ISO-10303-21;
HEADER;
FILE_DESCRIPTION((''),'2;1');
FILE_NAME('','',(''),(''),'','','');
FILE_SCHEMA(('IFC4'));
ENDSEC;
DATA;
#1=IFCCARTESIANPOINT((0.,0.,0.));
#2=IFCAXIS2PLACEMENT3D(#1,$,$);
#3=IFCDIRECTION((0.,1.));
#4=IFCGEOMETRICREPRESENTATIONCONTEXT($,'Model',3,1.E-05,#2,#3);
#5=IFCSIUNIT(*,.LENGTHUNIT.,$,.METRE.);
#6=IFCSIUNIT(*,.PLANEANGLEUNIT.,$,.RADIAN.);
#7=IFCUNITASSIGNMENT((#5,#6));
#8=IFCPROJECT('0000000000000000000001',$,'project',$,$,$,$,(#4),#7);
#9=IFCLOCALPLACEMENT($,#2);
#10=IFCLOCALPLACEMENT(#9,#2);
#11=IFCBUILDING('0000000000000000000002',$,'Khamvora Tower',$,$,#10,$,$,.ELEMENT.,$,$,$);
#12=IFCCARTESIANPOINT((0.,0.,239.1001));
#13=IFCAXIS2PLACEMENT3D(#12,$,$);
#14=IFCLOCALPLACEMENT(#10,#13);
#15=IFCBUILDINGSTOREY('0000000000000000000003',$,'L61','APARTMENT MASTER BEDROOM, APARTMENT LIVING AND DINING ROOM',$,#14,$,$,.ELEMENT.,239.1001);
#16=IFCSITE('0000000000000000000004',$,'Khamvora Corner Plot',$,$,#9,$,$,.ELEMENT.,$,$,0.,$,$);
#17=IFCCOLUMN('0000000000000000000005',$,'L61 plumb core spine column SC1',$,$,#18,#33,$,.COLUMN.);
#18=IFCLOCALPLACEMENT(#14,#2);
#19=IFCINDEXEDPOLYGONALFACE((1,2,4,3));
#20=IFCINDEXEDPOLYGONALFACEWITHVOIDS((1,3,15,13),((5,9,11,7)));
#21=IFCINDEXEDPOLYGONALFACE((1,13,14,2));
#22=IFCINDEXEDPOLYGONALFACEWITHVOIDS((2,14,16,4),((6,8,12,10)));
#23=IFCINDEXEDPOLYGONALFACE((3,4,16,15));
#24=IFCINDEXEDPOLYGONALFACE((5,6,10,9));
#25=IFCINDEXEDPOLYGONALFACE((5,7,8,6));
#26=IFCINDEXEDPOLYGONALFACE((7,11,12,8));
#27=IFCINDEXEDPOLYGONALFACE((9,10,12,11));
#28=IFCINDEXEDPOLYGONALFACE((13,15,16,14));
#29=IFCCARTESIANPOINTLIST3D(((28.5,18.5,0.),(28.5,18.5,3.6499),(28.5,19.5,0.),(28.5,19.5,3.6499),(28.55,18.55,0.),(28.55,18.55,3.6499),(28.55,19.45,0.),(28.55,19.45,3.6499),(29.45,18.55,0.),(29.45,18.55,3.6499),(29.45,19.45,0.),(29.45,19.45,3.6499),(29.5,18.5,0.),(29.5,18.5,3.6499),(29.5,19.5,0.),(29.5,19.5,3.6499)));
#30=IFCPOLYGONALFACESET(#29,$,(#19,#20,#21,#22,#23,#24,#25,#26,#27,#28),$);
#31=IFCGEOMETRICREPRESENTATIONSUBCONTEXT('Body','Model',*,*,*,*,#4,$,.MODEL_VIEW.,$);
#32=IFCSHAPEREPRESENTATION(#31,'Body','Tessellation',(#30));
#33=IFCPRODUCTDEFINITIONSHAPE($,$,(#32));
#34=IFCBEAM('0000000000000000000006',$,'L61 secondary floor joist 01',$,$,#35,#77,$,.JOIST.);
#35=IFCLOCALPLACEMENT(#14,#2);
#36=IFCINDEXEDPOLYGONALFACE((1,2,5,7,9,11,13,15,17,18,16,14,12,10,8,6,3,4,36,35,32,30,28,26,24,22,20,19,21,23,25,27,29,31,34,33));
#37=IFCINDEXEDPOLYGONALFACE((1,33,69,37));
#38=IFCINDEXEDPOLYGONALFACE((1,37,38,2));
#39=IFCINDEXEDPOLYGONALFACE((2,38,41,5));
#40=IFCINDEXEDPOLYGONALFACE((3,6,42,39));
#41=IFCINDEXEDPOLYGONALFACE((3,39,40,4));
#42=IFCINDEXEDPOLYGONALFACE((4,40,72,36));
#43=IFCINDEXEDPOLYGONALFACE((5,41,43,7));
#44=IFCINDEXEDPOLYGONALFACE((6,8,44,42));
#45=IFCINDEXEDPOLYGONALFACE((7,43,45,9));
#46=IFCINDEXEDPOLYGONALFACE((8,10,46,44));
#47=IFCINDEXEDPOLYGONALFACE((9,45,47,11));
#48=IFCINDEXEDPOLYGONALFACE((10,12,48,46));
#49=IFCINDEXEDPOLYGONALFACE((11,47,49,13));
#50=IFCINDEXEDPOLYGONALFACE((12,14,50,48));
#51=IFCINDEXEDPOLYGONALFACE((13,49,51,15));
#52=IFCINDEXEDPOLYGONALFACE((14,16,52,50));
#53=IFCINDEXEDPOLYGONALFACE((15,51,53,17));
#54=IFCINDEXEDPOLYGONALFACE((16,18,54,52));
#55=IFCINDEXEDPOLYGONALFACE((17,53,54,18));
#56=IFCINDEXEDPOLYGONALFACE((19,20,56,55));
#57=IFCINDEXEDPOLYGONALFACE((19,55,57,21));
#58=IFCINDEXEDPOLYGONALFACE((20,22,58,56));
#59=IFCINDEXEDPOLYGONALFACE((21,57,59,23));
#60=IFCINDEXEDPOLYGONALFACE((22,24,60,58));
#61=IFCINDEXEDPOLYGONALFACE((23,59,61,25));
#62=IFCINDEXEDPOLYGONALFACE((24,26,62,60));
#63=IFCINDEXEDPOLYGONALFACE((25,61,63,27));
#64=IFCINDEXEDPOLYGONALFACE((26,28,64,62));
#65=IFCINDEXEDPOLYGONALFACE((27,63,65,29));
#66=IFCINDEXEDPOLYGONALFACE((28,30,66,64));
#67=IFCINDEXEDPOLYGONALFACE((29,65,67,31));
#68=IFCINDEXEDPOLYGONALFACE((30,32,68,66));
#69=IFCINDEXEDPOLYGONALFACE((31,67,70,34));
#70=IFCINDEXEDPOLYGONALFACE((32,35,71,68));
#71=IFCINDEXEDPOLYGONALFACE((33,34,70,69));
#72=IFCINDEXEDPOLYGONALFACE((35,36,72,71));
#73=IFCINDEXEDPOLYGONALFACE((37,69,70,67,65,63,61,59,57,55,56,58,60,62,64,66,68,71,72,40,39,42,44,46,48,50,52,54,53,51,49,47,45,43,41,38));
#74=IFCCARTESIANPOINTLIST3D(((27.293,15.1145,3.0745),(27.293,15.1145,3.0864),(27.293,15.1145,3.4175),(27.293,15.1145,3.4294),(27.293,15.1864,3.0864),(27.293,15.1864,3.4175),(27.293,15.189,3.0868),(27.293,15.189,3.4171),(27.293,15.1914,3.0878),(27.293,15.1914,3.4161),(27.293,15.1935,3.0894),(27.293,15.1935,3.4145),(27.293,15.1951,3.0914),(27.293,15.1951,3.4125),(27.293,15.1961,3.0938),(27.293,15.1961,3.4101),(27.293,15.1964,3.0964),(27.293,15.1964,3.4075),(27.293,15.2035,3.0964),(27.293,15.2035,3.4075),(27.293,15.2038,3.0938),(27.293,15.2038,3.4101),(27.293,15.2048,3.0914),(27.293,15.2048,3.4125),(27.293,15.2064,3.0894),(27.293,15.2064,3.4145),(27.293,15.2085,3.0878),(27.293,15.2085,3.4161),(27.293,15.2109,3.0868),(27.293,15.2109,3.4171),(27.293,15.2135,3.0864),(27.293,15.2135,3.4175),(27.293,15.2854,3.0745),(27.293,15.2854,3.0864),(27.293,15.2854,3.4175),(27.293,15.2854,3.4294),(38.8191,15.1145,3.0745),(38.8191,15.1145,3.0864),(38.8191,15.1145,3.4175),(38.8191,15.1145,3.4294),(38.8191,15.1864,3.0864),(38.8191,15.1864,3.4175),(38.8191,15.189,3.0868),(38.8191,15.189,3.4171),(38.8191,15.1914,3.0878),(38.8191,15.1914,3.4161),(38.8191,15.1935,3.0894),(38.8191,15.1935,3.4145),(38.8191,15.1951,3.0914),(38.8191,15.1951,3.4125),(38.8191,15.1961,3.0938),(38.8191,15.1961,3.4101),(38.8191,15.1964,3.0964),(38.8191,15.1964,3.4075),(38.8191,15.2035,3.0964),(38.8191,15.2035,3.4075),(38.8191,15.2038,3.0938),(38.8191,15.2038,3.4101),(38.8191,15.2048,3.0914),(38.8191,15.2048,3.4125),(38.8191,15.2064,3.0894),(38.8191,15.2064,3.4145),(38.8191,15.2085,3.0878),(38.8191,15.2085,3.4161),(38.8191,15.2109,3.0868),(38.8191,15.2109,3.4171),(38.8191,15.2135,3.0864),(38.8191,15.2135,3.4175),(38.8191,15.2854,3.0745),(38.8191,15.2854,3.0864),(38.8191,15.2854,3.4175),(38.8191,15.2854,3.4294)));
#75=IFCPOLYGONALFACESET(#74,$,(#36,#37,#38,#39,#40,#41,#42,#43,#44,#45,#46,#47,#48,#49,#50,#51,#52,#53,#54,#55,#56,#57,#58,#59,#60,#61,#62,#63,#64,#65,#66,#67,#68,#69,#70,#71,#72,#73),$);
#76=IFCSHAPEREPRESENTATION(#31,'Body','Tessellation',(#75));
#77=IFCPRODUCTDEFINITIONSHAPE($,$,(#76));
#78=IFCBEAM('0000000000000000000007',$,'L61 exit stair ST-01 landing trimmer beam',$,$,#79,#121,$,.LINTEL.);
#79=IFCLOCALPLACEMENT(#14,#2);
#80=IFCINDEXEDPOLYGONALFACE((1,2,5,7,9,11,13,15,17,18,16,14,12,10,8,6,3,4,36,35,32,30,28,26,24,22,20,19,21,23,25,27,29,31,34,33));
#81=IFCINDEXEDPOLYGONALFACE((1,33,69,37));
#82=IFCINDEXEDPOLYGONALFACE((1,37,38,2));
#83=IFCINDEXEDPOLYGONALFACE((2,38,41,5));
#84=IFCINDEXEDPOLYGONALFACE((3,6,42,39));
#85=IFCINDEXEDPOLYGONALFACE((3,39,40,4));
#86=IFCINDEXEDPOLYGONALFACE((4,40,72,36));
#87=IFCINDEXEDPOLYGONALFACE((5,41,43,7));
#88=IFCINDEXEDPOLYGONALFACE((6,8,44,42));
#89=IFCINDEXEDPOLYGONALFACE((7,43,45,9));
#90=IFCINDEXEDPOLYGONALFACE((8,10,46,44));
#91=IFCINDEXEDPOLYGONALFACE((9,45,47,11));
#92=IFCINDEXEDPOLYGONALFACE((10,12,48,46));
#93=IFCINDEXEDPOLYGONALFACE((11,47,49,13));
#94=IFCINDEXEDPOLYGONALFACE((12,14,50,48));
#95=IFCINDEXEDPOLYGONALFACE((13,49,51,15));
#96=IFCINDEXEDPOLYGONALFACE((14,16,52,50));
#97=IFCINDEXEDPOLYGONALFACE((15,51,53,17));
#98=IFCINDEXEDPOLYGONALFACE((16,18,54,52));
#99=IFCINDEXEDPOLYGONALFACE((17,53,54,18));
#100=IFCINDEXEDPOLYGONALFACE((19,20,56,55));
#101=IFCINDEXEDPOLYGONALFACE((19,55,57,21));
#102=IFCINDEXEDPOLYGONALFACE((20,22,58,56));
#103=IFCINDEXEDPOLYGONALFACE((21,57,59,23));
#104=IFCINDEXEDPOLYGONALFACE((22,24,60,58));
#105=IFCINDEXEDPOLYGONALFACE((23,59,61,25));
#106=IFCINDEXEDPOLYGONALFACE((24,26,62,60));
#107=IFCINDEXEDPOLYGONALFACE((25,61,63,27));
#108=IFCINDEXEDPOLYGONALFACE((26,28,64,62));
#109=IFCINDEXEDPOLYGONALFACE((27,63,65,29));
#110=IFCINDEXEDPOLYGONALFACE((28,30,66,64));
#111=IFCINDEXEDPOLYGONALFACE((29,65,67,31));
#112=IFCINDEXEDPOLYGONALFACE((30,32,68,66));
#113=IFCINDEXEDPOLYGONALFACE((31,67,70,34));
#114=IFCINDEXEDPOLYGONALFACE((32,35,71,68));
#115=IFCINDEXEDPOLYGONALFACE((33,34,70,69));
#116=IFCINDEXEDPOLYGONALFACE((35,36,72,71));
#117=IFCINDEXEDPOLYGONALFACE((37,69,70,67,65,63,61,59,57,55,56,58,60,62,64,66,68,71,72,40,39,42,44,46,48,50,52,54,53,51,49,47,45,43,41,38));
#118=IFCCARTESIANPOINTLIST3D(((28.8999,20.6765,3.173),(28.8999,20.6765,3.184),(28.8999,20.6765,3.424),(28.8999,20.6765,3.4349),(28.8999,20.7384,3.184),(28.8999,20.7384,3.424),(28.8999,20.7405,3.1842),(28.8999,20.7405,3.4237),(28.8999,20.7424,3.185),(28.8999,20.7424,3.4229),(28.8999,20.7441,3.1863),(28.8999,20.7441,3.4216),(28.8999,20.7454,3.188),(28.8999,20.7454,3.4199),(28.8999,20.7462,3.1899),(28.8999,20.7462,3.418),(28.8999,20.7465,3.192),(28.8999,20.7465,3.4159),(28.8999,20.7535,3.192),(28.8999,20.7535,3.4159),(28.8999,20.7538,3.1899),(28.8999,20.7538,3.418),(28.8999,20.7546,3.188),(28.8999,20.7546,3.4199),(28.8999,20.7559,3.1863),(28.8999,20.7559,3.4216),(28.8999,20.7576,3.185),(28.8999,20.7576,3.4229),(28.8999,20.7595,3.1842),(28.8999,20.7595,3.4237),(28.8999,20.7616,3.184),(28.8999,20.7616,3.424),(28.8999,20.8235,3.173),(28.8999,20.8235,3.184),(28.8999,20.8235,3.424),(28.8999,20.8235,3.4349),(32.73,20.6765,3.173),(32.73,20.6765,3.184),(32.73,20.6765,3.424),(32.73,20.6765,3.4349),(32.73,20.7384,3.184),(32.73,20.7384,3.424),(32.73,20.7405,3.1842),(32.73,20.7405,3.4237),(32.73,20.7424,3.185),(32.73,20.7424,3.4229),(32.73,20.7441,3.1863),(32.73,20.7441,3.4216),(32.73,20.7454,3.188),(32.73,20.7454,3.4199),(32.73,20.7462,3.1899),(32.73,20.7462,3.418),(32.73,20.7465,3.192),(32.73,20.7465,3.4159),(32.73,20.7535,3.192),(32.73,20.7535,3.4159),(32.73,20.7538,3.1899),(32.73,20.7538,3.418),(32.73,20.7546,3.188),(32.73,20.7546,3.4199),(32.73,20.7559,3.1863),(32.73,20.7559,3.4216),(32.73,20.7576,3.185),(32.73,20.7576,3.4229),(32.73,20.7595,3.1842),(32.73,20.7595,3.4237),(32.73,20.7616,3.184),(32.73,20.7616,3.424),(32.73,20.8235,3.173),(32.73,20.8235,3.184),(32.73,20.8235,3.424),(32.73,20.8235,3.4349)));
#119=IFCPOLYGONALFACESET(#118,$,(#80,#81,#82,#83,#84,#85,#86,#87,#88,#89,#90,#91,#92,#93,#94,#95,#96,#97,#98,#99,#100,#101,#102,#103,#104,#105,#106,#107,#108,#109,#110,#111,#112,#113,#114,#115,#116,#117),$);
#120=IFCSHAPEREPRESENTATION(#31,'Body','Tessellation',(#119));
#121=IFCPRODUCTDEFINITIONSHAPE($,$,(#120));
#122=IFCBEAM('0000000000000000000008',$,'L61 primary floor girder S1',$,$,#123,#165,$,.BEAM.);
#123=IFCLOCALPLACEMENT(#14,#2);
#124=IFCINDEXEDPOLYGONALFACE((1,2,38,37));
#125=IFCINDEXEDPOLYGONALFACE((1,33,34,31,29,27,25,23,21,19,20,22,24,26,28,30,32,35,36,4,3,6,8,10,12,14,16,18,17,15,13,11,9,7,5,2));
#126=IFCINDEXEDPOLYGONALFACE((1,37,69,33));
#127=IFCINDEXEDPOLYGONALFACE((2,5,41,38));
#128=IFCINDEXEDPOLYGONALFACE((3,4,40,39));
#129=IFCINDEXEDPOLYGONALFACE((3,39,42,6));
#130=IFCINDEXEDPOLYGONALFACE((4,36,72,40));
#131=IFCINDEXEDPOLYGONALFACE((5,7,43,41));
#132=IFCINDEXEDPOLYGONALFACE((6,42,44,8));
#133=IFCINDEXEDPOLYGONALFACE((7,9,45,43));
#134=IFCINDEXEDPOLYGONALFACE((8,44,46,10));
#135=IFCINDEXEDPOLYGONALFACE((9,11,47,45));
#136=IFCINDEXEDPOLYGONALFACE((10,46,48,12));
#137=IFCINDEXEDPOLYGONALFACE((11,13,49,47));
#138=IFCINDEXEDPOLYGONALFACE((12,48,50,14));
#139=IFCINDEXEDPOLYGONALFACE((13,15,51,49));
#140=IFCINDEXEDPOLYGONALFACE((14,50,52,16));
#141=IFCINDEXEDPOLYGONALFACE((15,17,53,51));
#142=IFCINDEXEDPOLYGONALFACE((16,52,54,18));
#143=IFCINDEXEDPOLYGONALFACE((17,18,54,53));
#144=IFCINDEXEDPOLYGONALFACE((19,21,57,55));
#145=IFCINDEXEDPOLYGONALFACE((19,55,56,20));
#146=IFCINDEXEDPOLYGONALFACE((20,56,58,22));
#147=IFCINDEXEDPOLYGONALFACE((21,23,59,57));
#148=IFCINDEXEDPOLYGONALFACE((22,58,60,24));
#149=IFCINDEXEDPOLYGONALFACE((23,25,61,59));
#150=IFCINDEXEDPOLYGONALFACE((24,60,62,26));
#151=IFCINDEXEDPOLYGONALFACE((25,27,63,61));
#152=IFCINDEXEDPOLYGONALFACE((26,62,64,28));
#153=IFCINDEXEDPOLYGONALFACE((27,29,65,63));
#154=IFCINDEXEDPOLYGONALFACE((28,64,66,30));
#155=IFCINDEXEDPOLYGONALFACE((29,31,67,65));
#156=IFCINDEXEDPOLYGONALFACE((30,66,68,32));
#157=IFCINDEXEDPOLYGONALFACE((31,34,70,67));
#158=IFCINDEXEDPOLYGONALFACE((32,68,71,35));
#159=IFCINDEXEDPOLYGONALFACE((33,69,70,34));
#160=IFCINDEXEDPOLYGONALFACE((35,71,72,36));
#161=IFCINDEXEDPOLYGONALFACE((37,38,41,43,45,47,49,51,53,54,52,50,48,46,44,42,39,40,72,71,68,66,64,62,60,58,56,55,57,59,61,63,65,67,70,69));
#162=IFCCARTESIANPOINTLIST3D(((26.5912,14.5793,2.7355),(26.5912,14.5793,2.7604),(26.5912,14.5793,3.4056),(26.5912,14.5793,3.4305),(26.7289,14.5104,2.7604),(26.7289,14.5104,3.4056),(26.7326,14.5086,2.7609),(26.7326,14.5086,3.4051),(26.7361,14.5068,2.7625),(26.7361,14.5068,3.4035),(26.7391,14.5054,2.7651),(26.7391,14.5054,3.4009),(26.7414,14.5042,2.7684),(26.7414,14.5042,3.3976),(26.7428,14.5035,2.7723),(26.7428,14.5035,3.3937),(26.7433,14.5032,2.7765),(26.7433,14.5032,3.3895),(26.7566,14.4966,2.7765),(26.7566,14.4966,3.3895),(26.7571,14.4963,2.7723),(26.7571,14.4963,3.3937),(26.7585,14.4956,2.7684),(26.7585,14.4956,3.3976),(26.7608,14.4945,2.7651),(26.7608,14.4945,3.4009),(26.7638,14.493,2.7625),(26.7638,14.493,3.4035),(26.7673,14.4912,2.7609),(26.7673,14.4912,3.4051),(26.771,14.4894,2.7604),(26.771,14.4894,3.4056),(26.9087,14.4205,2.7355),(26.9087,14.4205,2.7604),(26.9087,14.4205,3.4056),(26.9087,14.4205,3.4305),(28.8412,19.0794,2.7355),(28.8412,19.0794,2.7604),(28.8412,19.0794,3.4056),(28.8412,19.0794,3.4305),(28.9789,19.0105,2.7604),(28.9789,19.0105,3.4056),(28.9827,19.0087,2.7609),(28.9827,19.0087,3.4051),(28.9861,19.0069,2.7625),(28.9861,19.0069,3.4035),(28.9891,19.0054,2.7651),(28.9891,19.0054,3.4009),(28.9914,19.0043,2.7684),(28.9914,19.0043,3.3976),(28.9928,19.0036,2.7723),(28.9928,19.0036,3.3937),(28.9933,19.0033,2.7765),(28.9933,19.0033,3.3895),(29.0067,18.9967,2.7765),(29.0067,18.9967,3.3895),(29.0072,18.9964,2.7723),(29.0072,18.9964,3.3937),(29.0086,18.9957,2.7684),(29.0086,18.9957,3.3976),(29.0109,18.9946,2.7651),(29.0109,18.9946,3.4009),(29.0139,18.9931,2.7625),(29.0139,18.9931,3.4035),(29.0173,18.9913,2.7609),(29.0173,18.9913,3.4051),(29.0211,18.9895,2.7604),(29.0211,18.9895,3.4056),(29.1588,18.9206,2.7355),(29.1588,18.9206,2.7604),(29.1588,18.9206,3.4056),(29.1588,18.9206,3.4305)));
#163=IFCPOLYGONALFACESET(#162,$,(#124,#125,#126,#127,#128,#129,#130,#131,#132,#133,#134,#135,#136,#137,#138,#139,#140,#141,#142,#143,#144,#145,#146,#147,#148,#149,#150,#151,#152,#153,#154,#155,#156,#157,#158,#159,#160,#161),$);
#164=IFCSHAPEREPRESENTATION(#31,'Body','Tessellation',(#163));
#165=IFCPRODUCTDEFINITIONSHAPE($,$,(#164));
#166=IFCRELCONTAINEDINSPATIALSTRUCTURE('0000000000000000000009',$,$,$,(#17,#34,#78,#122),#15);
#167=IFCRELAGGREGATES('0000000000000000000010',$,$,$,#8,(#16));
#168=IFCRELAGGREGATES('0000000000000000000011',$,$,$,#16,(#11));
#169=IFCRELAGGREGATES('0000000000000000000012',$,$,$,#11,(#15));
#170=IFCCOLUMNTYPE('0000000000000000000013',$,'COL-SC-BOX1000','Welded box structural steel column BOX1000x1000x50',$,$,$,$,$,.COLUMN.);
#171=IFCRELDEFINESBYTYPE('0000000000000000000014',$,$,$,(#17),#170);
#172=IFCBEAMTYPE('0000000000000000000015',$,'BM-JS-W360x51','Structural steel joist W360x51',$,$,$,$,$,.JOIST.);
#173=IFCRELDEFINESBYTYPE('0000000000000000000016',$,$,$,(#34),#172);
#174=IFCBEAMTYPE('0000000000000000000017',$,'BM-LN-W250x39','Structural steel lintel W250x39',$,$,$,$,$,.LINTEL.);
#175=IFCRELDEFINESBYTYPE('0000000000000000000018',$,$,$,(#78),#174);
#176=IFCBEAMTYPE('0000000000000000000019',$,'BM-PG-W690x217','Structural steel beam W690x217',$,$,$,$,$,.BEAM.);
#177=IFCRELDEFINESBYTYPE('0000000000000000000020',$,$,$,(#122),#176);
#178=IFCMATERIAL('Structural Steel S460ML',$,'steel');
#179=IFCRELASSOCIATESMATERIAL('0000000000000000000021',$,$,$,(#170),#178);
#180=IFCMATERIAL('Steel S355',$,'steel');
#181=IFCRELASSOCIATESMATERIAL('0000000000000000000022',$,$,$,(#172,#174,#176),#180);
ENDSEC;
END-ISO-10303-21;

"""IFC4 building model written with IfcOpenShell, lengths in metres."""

from ifc_helpers import new_model, si_unit, direction, frame, origin, origin_2d, place, context, subcontext, project, spatial, hollow_rectangle, i_section, extrude, material, material_profile, profile_set, type_object, element, save


model = new_model("IFC4")

# Units and contexts
model_context = context("Model", 3, precision=1e-05, world=origin(), true_north=direction((0.0, 1.0)))
body_context = subcontext(model_context, "Body", "Model", "MODEL_VIEW")
ifc_project = project(units=[si_unit("LENGTHUNIT", "METRE"), si_unit("PLANEANGLEUNIT", "RADIAN")], contexts=[model_context])

# Site, building, storey
site_placement = place(None, origin())
site = spatial("IfcSite", under=ifc_project, at=site_placement, Name="Khamvora Corner Plot", CompositionType="ELEMENT", RefElevation=0.0)
building_placement = place(site_placement, origin())
building = spatial("IfcBuilding", under=site, at=building_placement, Name="Khamvora Tower", CompositionType="ELEMENT")
storey_placement = place(building_placement, frame((0.0, 0.0, 239.1001)))
storey = spatial("IfcBuildingStorey", under=building, at=storey_placement, Name="L61", Description="APARTMENT MASTER BEDROOM, APARTMENT LIVING AND DINING ROOM", CompositionType="ELEMENT", Elevation=239.1001)

# Column
ifc_material_1 = material(Name="Structural Steel S460ML", Category="steel")
ifc_material_profile_1 = material_profile(ifc_material_1, hollow_rectangle(XDim=1.0, YDim=1.0, WallThickness=0.05, at=origin_2d()), Name="BOX1000x1000x50")
ifc_profile_set_1 = profile_set([ifc_material_profile_1], Name="Structural Steel S460ML")
column_type = type_object("IfcColumnType", Name="COL-SC-BOX1000", Description="Welded box structural steel column BOX1000x1000x50", PredefinedType="COLUMN", material=ifc_profile_set_1)
column_placement = place(storey_placement, frame((29.0, 19.0, 0.0), z_axis=(0.0, 0.0, 1.0), x_axis=(1.0, 0.0, 0.0)))
element("IfcColumn", 1, at=column_placement, inside=storey, type_object=column_type, Name="L61 plumb core spine column SC1", PredefinedType="COLUMN", context=body_context, shape_type="SweptSolid", body=[
    extrude(hollow_rectangle(XDim=1.0, YDim=1.0, WallThickness=0.05, at=origin_2d()), origin(), (0.0, 0.0, 1.0), 3.6499),
])

# Beams
ifc_material_2 = material(Name="Steel S355", Category="steel")
ifc_material_profile_2 = material_profile(ifc_material_2, i_section(OverallWidth=0.1709, OverallDepth=0.355, WebThickness=0.0071, FlangeThickness=0.012, FilletRadius=0.01, at=origin_2d()), Name="W360x51")
ifc_profile_set_2 = profile_set([ifc_material_profile_2], Name="Steel S355")
beam_type_1 = type_object("IfcBeamType", Name="BM-JS-W360x51", Description="Structural steel joist W360x51", PredefinedType="JOIST", material=ifc_profile_set_2)
beam_1_placement = place(storey_placement, frame((27.293, 15.2, 3.252), z_axis=(1.0, 0.0, 0.0), x_axis=(0.0, 1.0, 0.0)))
element("IfcBeam", 2, at=beam_1_placement, inside=storey, type_object=beam_type_1, Name="L61 secondary floor joist 01", PredefinedType="JOIST", context=body_context, shape_type="SweptSolid", body=[
    extrude(i_section(OverallWidth=0.1709, OverallDepth=0.355, WebThickness=0.0071, FlangeThickness=0.012, FilletRadius=0.01, at=origin_2d()), origin(), (0.0, 0.0, 1.0), 11.5261),
])
ifc_material_profile_3 = material_profile(ifc_material_2, i_section(OverallWidth=0.147, OverallDepth=0.262, WebThickness=0.0071, FlangeThickness=0.011, FilletRadius=0.0081, at=origin_2d()), Name="W250x39")
ifc_profile_set_3 = profile_set([ifc_material_profile_3], Name="Steel S355")
beam_type_2 = type_object("IfcBeamType", Name="BM-LN-W250x39", Description="Structural steel lintel W250x39", PredefinedType="LINTEL", material=ifc_profile_set_3)
beam_2_placement = place(storey_placement, frame((28.8999, 20.75, 3.304), z_axis=(1.0, 0.0, 0.0), x_axis=(0.0, 1.0, 0.0)))
element("IfcBeam", 3, at=beam_2_placement, inside=storey, type_object=beam_type_2, Name="L61 exit stair ST-01 landing trimmer beam", PredefinedType="LINTEL", context=body_context, shape_type="SweptSolid", body=[
    extrude(i_section(OverallWidth=0.147, OverallDepth=0.262, WebThickness=0.0071, FlangeThickness=0.011, FilletRadius=0.0081, at=origin_2d()), origin(), (0.0, 0.0, 1.0), 3.8301),
])
ifc_material_profile_4 = material_profile(ifc_material_2, i_section(OverallWidth=0.355, OverallDepth=0.6951, WebThickness=0.0149, FlangeThickness=0.0249, FilletRadius=0.0161, at=origin_2d()), Name="W690x217")
ifc_profile_set_4 = profile_set([ifc_material_profile_4], Name="Steel S355")
beam_type_3 = type_object("IfcBeamType", Name="BM-PG-W690x217", Description="Structural steel beam W690x217", PredefinedType="BEAM", material=ifc_profile_set_4)
beam_3_placement = place(storey_placement, frame((29.0, 19.0, 3.083), z_axis=(-0.447214, -0.894427, 0.0), x_axis=(0.894427, -0.447214, 0.0)))
element("IfcBeam", 4, at=beam_3_placement, inside=storey, type_object=beam_type_3, Name="L61 primary floor girder S1", PredefinedType="BEAM", context=body_context, shape_type="SweptSolid", body=[
    extrude(i_section(OverallWidth=0.355, OverallDepth=0.6951, WebThickness=0.0149, FlangeThickness=0.0249, FilletRadius=0.0161, at=origin_2d()), origin(), (0.0, 0.0, 1.0), 5.0312),
])

save(model, "model.ifc")
